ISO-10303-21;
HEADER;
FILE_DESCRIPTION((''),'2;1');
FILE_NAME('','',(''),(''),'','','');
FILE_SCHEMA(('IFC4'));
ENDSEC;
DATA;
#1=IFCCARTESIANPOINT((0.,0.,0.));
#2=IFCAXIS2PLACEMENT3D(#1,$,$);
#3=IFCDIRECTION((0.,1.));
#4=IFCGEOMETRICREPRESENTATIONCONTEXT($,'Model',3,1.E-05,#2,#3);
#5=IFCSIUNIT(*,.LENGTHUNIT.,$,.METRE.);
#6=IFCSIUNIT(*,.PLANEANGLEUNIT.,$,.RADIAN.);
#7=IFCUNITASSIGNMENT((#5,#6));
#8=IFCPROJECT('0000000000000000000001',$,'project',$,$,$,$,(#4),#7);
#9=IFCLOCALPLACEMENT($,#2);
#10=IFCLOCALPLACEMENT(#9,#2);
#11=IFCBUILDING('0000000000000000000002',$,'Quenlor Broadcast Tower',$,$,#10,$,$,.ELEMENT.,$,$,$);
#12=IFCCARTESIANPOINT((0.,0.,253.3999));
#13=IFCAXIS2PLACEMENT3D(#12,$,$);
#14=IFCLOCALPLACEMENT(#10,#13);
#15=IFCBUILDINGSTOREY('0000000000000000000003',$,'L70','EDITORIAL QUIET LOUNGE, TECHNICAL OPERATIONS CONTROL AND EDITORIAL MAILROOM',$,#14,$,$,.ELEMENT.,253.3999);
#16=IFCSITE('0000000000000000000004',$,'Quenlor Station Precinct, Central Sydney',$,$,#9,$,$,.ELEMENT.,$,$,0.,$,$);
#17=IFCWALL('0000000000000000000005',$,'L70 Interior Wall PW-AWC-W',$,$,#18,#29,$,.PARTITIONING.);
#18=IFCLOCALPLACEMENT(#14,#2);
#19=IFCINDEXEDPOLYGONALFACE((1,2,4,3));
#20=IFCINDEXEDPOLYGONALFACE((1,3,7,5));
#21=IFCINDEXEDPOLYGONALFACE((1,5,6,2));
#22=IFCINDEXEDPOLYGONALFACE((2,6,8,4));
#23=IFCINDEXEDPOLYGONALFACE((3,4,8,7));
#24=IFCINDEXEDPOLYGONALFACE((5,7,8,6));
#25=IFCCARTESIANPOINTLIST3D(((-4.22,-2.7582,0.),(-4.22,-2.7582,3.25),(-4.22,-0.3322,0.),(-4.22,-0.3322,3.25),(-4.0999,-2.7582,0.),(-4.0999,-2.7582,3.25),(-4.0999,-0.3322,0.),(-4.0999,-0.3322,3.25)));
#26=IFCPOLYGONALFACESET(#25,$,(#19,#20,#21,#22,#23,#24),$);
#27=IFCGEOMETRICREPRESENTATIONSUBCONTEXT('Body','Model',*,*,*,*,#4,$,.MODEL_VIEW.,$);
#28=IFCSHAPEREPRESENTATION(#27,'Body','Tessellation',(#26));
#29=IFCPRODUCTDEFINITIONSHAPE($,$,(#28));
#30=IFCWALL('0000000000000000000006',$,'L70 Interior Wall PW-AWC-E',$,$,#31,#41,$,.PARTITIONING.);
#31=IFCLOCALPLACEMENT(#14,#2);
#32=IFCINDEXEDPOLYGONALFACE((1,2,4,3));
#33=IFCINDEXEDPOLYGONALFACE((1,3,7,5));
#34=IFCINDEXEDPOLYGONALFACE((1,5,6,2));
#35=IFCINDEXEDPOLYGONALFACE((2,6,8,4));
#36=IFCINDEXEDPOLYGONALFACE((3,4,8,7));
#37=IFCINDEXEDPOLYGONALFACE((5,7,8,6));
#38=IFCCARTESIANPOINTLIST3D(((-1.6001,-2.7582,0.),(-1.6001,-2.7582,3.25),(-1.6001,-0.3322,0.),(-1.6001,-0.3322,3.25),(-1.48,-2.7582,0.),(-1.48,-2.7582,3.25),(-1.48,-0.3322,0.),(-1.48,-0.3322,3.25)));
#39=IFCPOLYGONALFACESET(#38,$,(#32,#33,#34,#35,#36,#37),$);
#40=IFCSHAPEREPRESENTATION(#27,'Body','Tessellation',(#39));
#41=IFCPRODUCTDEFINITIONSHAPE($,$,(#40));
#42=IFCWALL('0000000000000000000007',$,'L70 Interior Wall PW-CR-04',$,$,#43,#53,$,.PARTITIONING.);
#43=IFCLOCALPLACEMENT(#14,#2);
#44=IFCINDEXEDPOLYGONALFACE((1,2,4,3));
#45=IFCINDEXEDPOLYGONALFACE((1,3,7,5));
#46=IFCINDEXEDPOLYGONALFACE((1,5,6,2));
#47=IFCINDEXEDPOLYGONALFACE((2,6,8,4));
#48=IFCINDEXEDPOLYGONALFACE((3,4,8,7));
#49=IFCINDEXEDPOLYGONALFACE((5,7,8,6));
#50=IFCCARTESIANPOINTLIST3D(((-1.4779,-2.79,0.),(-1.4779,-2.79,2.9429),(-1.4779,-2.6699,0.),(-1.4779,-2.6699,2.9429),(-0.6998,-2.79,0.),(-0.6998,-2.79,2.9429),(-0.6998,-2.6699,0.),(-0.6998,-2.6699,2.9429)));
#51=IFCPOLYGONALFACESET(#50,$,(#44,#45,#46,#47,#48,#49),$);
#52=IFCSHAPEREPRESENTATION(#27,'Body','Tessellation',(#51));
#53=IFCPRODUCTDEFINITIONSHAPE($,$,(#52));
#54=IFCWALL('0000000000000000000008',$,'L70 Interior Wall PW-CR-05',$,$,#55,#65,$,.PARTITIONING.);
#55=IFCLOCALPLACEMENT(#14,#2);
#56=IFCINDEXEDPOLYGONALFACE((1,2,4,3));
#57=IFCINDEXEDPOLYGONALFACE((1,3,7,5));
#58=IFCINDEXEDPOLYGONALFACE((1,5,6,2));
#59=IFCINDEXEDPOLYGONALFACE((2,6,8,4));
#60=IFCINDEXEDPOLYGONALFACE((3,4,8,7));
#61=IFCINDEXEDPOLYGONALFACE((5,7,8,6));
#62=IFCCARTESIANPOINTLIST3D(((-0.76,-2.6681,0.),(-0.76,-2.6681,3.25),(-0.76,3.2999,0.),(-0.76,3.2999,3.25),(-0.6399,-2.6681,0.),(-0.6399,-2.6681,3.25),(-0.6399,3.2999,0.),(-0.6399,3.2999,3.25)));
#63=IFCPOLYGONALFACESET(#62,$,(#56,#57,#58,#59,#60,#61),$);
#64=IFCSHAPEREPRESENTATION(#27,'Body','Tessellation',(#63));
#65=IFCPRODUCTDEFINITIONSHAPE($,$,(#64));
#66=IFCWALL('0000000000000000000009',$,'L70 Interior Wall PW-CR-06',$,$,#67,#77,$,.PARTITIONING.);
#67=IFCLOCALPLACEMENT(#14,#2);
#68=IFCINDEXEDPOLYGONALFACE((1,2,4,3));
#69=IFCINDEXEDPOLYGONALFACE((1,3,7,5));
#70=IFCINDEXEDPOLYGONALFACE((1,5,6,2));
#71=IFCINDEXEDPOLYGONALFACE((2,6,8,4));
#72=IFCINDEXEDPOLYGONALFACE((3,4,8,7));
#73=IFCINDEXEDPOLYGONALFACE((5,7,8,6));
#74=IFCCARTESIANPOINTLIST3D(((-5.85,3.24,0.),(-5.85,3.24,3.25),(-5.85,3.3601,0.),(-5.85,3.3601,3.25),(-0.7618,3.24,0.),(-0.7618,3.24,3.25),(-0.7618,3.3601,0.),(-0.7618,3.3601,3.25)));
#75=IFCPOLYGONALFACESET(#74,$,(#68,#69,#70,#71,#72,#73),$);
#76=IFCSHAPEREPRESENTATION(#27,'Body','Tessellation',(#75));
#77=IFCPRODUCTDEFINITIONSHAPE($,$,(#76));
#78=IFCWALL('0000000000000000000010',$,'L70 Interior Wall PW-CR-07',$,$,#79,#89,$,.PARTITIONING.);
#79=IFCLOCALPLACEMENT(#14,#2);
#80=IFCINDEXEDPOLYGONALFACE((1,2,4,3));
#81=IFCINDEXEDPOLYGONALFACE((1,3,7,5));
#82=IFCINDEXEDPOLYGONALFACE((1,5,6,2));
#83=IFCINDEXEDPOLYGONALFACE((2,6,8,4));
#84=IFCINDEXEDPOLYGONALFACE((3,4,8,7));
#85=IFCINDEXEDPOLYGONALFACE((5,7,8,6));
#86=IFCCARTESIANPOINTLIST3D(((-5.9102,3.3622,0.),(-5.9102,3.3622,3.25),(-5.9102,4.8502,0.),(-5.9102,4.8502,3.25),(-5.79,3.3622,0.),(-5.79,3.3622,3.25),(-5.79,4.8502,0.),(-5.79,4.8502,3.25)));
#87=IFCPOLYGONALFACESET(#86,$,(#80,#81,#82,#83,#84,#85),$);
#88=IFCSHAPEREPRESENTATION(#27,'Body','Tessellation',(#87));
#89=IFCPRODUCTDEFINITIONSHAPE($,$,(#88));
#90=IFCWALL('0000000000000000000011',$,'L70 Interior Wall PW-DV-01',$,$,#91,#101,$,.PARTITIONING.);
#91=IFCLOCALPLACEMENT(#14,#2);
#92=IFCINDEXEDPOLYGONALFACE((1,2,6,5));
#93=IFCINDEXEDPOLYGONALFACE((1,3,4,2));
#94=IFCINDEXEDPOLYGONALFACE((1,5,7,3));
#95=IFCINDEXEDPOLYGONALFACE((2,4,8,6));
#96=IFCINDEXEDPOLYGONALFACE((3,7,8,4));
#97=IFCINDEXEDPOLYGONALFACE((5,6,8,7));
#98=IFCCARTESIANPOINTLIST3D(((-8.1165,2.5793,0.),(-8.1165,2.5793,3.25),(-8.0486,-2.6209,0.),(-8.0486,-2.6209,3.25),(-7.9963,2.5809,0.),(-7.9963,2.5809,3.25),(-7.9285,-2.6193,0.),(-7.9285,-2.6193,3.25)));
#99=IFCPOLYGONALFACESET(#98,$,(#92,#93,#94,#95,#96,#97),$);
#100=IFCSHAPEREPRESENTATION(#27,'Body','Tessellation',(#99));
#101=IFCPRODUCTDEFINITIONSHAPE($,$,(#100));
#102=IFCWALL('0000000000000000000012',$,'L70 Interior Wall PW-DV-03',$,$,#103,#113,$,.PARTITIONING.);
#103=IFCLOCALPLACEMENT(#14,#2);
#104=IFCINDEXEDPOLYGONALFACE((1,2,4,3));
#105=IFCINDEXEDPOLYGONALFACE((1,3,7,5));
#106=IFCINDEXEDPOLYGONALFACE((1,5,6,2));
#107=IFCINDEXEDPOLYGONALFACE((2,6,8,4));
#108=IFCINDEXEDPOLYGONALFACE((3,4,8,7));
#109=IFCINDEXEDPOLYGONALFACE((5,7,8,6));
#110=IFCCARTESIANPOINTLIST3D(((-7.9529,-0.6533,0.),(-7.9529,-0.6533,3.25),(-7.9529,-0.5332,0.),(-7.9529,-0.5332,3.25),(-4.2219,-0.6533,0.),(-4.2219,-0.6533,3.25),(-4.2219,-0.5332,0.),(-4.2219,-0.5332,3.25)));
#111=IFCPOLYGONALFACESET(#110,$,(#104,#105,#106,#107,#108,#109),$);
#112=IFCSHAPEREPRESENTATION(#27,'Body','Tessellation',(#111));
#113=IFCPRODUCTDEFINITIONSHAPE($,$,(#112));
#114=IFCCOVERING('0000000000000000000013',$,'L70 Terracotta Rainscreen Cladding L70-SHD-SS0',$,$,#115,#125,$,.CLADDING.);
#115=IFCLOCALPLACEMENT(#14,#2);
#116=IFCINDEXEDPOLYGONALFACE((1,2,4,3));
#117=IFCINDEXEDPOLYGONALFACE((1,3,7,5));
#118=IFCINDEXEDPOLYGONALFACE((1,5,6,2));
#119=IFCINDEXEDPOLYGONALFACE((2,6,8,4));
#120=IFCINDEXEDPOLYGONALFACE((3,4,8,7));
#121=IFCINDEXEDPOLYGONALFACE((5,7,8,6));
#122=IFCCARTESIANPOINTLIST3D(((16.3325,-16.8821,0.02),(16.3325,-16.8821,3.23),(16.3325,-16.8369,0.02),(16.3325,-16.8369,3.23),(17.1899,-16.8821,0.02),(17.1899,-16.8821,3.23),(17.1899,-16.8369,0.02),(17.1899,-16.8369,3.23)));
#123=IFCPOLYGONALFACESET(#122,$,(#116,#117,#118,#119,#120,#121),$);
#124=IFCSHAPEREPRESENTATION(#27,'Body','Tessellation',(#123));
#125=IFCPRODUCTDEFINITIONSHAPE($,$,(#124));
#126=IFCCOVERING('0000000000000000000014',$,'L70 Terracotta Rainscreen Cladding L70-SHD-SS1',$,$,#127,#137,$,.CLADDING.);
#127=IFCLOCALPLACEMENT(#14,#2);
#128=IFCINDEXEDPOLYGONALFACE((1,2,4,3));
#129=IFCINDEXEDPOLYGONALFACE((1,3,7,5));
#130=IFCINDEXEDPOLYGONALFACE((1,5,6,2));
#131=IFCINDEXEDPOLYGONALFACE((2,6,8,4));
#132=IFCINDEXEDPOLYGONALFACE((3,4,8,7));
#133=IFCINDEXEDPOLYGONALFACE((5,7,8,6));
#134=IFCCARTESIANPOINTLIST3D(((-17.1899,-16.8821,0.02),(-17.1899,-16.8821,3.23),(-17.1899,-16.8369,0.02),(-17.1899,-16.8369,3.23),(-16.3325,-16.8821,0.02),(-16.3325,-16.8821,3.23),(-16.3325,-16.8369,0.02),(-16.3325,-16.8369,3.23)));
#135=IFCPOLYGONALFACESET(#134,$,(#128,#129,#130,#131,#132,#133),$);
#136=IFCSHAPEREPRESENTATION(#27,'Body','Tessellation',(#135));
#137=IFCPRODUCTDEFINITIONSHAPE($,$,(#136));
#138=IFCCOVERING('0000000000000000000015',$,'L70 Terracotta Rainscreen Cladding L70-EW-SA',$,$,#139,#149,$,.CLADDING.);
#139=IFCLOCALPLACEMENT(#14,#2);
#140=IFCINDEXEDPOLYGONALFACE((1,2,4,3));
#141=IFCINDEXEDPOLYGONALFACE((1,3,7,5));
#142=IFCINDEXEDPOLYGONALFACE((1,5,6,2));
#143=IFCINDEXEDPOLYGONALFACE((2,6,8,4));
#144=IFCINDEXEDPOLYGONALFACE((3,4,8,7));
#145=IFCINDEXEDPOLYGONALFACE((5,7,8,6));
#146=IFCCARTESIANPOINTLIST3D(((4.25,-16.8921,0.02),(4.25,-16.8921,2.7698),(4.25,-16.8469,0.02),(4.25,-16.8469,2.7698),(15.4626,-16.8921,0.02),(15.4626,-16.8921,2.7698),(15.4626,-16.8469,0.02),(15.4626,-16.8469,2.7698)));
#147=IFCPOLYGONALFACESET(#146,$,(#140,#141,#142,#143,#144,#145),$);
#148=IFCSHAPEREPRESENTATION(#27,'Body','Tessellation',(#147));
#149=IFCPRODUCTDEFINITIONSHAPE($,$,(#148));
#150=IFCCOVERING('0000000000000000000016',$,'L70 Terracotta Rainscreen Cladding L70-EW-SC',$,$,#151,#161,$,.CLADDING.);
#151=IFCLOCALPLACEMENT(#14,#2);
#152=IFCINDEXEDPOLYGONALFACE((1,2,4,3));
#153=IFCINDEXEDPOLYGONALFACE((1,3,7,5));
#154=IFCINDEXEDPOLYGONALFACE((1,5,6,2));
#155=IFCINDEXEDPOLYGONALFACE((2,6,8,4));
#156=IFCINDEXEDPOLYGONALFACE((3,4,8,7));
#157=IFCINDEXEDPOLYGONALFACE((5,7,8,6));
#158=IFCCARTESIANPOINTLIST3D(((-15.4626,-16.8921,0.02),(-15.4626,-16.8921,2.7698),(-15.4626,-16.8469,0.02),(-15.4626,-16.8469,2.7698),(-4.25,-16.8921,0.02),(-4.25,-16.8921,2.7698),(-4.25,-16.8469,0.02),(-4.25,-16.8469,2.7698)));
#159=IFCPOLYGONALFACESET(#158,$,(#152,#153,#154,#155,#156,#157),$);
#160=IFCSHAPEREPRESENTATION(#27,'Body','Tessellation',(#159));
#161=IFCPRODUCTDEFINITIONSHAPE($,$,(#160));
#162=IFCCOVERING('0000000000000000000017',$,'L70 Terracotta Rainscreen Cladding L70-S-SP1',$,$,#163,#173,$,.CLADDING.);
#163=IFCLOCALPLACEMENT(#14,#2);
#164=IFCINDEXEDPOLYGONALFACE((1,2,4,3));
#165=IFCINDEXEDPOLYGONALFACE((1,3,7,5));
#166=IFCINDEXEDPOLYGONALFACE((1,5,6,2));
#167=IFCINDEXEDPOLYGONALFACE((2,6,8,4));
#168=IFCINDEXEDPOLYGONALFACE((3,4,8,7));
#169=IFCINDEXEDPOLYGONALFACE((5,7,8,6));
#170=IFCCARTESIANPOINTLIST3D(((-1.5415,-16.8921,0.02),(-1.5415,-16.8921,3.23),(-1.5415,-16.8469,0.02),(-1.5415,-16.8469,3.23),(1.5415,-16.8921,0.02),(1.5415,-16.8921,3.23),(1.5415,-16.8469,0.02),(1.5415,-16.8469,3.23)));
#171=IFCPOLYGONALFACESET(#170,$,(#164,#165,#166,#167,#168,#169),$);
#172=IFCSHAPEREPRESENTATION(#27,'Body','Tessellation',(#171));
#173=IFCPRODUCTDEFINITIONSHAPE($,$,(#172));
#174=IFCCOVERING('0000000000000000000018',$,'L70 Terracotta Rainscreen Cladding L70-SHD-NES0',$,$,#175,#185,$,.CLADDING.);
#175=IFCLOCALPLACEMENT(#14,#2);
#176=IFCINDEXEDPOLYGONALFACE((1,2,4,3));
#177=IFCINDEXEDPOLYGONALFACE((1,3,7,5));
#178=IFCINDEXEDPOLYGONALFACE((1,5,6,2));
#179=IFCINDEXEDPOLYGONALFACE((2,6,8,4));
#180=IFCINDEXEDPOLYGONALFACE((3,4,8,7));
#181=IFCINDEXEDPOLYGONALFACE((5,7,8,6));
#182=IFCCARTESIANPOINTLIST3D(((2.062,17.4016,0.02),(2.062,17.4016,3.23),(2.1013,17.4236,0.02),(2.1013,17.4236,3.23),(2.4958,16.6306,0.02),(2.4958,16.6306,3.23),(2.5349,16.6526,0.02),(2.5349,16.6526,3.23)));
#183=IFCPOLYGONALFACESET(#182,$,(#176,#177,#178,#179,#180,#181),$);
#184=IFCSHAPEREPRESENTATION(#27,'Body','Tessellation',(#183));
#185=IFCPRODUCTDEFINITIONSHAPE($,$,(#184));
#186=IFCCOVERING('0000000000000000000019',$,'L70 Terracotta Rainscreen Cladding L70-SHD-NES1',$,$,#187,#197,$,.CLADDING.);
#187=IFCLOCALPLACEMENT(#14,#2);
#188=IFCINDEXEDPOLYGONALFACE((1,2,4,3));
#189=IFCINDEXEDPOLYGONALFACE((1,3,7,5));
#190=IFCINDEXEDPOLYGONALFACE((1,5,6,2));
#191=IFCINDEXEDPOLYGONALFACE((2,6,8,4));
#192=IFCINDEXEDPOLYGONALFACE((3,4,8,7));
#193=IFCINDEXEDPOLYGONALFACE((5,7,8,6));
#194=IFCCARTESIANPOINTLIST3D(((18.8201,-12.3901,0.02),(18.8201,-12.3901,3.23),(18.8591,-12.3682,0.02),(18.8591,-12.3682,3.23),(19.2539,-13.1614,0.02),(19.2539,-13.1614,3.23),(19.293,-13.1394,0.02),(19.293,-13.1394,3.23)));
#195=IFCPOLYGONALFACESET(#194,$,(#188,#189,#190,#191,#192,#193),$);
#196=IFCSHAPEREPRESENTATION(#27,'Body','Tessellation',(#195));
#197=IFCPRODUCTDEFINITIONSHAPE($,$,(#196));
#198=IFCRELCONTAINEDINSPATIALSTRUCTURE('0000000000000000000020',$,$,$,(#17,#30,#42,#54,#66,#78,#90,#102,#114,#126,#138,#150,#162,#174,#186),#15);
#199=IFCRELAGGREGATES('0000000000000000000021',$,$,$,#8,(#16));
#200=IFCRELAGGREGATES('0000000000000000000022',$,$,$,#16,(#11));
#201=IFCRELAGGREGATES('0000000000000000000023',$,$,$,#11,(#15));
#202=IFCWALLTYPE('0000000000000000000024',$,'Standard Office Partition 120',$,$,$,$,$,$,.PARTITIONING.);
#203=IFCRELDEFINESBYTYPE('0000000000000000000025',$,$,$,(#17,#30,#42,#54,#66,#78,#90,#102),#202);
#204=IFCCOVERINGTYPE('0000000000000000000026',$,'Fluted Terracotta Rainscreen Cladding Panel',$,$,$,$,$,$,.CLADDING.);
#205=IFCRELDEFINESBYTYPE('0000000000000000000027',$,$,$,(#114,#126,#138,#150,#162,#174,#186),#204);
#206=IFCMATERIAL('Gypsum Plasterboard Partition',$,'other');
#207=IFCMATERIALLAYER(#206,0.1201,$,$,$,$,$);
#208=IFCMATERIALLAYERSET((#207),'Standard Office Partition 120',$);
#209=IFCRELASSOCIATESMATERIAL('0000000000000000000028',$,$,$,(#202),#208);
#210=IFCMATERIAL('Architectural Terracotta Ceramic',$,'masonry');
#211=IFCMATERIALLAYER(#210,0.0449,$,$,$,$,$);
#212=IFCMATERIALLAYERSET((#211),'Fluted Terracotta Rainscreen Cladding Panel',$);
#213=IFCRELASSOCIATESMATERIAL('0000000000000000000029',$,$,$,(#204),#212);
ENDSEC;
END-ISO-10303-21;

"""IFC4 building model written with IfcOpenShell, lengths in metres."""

from ifc_helpers import new_model, si_unit, direction, frame, frame_2d, origin, place, context, subcontext, project, spatial, polyline, rectangle, outline, extrude, material, layer, layer_set, type_object, element, save


model = new_model("IFC4")

# Units and contexts
model_context = context("Model", 3, precision=1e-05, world=origin(), true_north=direction((0.0, 1.0)))
body_context = subcontext(model_context, "Body", "Model", "MODEL_VIEW")
ifc_project = project(units=[si_unit("LENGTHUNIT", "METRE"), si_unit("PLANEANGLEUNIT", "RADIAN")], contexts=[model_context])

# Site, building, storey
site_placement = place(None, origin())
site = spatial("IfcSite", under=ifc_project, at=site_placement, Name="Quenlor Station Precinct, Central Sydney", CompositionType="ELEMENT", RefElevation=0.0)
building_placement = place(site_placement, origin())
building = spatial("IfcBuilding", under=site, at=building_placement, Name="Quenlor Broadcast Tower", CompositionType="ELEMENT")
storey_placement = place(building_placement, frame((0.0, 0.0, 253.3999)))
storey = spatial("IfcBuildingStorey", under=building, at=storey_placement, Name="L70", Description="EDITORIAL QUIET LOUNGE, TECHNICAL OPERATIONS CONTROL AND EDITORIAL MAILROOM", CompositionType="ELEMENT", Elevation=253.3999)

# Walls
ifc_material_1 = material(Name="Gypsum Plasterboard Partition", Category="other")
ifc_layer_1 = layer(ifc_material_1, 0.1201)
ifc_layer_set_1 = layer_set([ifc_layer_1], Name="Standard Office Partition 120")
wall_type = type_object("IfcWallType", Name="Standard Office Partition 120", PredefinedType="PARTITIONING", material=ifc_layer_set_1)
for number, where, z_axis, x_axis, name in (
    (1, (-4.1599, -2.7581, 0.0), (0.0, 0.0, 1.0), (0.0, 1.0, 0.0), "L70 Interior Wall PW-AWC-W"),
    (2, (-1.54, -2.7581, 0.0), (0.0, 0.0, 1.0), (0.0, 1.0, 0.0), "L70 Interior Wall PW-AWC-E"),
):
    element("IfcWall", number, at=place(storey_placement, frame(where, z_axis=z_axis, x_axis=x_axis)), inside=storey, type_object=wall_type, Name=name, PredefinedType="PARTITIONING", context=body_context, shape_type="SweptSolid", body=[
        extrude(rectangle(XDim=2.426, YDim=0.1201, at=frame_2d((1.2129, 0.0))), origin(), (0.0, 0.0, 1.0), 3.25),
    ])
wall_1_placement = place(storey_placement, frame((-1.478, -2.73, 0.0), z_axis=(0.0, 0.0, 1.0), x_axis=(1.0, 0.0, 0.0)))
element("IfcWall", 3, at=wall_1_placement, inside=storey, type_object=wall_type, Name="L70 Interior Wall PW-CR-04", PredefinedType="PARTITIONING", context=body_context, shape_type="SweptSolid", body=[
    extrude(rectangle(XDim=0.7781, YDim=0.1201, at=frame_2d((0.3892, 0.0))), origin(), (0.0, 0.0, 1.0), 2.9429),
])
wall_2_placement = place(storey_placement, frame((-0.7, -2.668, 0.0), z_axis=(0.0, 0.0, 1.0), x_axis=(0.0, 1.0, 0.0)))
element("IfcWall", 4, at=wall_2_placement, inside=storey, type_object=wall_type, Name="L70 Interior Wall PW-CR-05", PredefinedType="PARTITIONING", context=body_context, shape_type="SweptSolid", body=[
    extrude(rectangle(XDim=5.968, YDim=0.1201, at=frame_2d((2.9839, 0.0))), origin(), (0.0, 0.0, 1.0), 3.25),
])
wall_3_placement = place(storey_placement, frame((-0.762, 3.3, 0.0), z_axis=(0.0, 0.0, 1.0), x_axis=(-1.0, 0.0, 0.0)))
element("IfcWall", 5, at=wall_3_placement, inside=storey, type_object=wall_type, Name="L70 Interior Wall PW-CR-06", PredefinedType="PARTITIONING", context=body_context, shape_type="SweptSolid", body=[
    extrude(rectangle(XDim=5.0881, YDim=0.1201, at=frame_2d((2.5439, 0.0))), origin(), (0.0, 0.0, 1.0), 3.25),
])
wall_4_placement = place(storey_placement, frame((-5.8501, 3.3621, 0.0), z_axis=(0.0, 0.0, 1.0), x_axis=(0.0, 1.0, 0.0)))
element("IfcWall", 6, at=wall_4_placement, inside=storey, type_object=wall_type, Name="L70 Interior Wall PW-CR-07", PredefinedType="PARTITIONING", context=body_context, shape_type="SweptSolid", body=[
    extrude(rectangle(XDim=1.488, YDim=0.1201, at=frame_2d((0.7441, 0.0))), origin(), (0.0, 0.0, 1.0), 3.25),
])
wall_5_placement = place(storey_placement, frame((-7.9885, -2.6201, 0.0), z_axis=(0.0, 0.0, 1.0), x_axis=(-0.013051, 0.999915, 0.0)))
element("IfcWall", 7, at=wall_5_placement, inside=storey, type_object=wall_type, Name="L70 Interior Wall PW-DV-01", PredefinedType="PARTITIONING", context=body_context, shape_type="SweptSolid", body=[
    extrude(rectangle(XDim=5.2007, YDim=0.1201, at=frame_2d((2.6003, 0.0))), origin(), (0.0, 0.0, 1.0), 3.25),
])
wall_6_placement = place(storey_placement, frame((-4.2219, -0.5933, 0.0), z_axis=(0.0, 0.0, 1.0), x_axis=(-1.0, 0.0, 0.0)))
element("IfcWall", 8, at=wall_6_placement, inside=storey, type_object=wall_type, Name="L70 Interior Wall PW-DV-03", PredefinedType="PARTITIONING", context=body_context, shape_type="SweptSolid", body=[
    extrude(rectangle(XDim=3.731, YDim=0.1201, at=frame_2d((1.8655, 0.0))), origin(), (0.0, 0.0, 1.0), 3.25),
])

# Coverings
ifc_material_2 = material(Name="Architectural Terracotta Ceramic", Category="masonry")
ifc_layer_2 = layer(ifc_material_2, 0.0449)
ifc_layer_set_2 = layer_set([ifc_layer_2], Name="Fluted Terracotta Rainscreen Cladding Panel")
covering_type = type_object("IfcCoveringType", Name="Fluted Terracotta Rainscreen Cladding Panel", PredefinedType="CLADDING", material=ifc_layer_set_2)
covering_1_placement = place(storey_placement, frame((0.0, 0.0, 0.02)))
element("IfcCovering", 9, at=covering_1_placement, inside=storey, type_object=covering_type, Name="L70 Terracotta Rainscreen Cladding L70-SHD-SS0", PredefinedType="CLADDING", context=body_context, shape_type="SweptSolid", body=[
    extrude(outline(polyline([(17.1899, -16.8369), (16.3325, -16.8369), (16.3325, -16.8821), (17.1899, -16.8821), (17.1899, -16.8369)])), origin(), (0.0, 0.0, 1.0), 3.21),
])
covering_2_placement = place(storey_placement, frame((0.0, 0.0, 0.02)))
element("IfcCovering", 10, at=covering_2_placement, inside=storey, type_object=covering_type, Name="L70 Terracotta Rainscreen Cladding L70-SHD-SS1", PredefinedType="CLADDING", context=body_context, shape_type="SweptSolid", body=[
    extrude(outline(polyline([(-16.3325, -16.8369), (-17.1899, -16.8369), (-17.1899, -16.8821), (-16.3325, -16.8821), (-16.3325, -16.8369)])), origin(), (0.0, 0.0, 1.0), 3.21),
])
covering_3_placement = place(storey_placement, frame((0.0, 0.0, 0.02)))
element("IfcCovering", 11, at=covering_3_placement, inside=storey, type_object=covering_type, Name="L70 Terracotta Rainscreen Cladding L70-EW-SA", PredefinedType="CLADDING", context=body_context, shape_type="SweptSolid", body=[
    extrude(outline(polyline([(15.4626, -16.8469), (4.25, -16.8469), (4.25, -16.8921), (15.4626, -16.8921), (15.4626, -16.8469)])), origin(), (0.0, 0.0, 1.0), 2.7498),
])
covering_4_placement = place(storey_placement, frame((0.0, 0.0, 0.02)))
element("IfcCovering", 12, at=covering_4_placement, inside=storey, type_object=covering_type, Name="L70 Terracotta Rainscreen Cladding L70-EW-SC", PredefinedType="CLADDING", context=body_context, shape_type="SweptSolid", body=[
    extrude(outline(polyline([(-4.25, -16.8469), (-15.4626, -16.8469), (-15.4626, -16.8921), (-4.25, -16.8921), (-4.25, -16.8469)])), origin(), (0.0, 0.0, 1.0), 2.7498),
])
covering_5_placement = place(storey_placement, frame((0.0, 0.0, 0.02)))
element("IfcCovering", 13, at=covering_5_placement, inside=storey, type_object=covering_type, Name="L70 Terracotta Rainscreen Cladding L70-S-SP1", PredefinedType="CLADDING", context=body_context, shape_type="SweptSolid", body=[
    extrude(outline(polyline([(1.5415, -16.8469), (-1.5415, -16.8469), (-1.5415, -16.8921), (1.5415, -16.8921), (1.5415, -16.8469)])), origin(), (0.0, 0.0, 1.0), 3.21),
])
covering_6_placement = place(storey_placement, frame((0.0, 0.0, 0.02)))
element("IfcCovering", 14, at=covering_6_placement, inside=storey, type_object=covering_type, Name="L70 Terracotta Rainscreen Cladding L70-SHD-NES0", PredefinedType="CLADDING", context=body_context, shape_type="SweptSolid", body=[
    extrude(outline(polyline([(2.062, 17.4016), (2.4958, 16.6306), (2.5349, 16.6526), (2.1013, 17.4236), (2.062, 17.4016)])), origin(), (0.0, 0.0, 1.0), 3.21),
])
covering_7_placement = place(storey_placement, frame((0.0, 0.0, 0.02)))
element("IfcCovering", 15, at=covering_7_placement, inside=storey, type_object=covering_type, Name="L70 Terracotta Rainscreen Cladding L70-SHD-NES1", PredefinedType="CLADDING", context=body_context, shape_type="SweptSolid", body=[
    extrude(outline(polyline([(18.8201, -12.3901), (19.2539, -13.1614), (19.293, -13.1394), (18.8591, -12.3682), (18.8201, -12.3901)])), origin(), (0.0, 0.0, 1.0), 3.21),
])

save(model, "model.ifc")
